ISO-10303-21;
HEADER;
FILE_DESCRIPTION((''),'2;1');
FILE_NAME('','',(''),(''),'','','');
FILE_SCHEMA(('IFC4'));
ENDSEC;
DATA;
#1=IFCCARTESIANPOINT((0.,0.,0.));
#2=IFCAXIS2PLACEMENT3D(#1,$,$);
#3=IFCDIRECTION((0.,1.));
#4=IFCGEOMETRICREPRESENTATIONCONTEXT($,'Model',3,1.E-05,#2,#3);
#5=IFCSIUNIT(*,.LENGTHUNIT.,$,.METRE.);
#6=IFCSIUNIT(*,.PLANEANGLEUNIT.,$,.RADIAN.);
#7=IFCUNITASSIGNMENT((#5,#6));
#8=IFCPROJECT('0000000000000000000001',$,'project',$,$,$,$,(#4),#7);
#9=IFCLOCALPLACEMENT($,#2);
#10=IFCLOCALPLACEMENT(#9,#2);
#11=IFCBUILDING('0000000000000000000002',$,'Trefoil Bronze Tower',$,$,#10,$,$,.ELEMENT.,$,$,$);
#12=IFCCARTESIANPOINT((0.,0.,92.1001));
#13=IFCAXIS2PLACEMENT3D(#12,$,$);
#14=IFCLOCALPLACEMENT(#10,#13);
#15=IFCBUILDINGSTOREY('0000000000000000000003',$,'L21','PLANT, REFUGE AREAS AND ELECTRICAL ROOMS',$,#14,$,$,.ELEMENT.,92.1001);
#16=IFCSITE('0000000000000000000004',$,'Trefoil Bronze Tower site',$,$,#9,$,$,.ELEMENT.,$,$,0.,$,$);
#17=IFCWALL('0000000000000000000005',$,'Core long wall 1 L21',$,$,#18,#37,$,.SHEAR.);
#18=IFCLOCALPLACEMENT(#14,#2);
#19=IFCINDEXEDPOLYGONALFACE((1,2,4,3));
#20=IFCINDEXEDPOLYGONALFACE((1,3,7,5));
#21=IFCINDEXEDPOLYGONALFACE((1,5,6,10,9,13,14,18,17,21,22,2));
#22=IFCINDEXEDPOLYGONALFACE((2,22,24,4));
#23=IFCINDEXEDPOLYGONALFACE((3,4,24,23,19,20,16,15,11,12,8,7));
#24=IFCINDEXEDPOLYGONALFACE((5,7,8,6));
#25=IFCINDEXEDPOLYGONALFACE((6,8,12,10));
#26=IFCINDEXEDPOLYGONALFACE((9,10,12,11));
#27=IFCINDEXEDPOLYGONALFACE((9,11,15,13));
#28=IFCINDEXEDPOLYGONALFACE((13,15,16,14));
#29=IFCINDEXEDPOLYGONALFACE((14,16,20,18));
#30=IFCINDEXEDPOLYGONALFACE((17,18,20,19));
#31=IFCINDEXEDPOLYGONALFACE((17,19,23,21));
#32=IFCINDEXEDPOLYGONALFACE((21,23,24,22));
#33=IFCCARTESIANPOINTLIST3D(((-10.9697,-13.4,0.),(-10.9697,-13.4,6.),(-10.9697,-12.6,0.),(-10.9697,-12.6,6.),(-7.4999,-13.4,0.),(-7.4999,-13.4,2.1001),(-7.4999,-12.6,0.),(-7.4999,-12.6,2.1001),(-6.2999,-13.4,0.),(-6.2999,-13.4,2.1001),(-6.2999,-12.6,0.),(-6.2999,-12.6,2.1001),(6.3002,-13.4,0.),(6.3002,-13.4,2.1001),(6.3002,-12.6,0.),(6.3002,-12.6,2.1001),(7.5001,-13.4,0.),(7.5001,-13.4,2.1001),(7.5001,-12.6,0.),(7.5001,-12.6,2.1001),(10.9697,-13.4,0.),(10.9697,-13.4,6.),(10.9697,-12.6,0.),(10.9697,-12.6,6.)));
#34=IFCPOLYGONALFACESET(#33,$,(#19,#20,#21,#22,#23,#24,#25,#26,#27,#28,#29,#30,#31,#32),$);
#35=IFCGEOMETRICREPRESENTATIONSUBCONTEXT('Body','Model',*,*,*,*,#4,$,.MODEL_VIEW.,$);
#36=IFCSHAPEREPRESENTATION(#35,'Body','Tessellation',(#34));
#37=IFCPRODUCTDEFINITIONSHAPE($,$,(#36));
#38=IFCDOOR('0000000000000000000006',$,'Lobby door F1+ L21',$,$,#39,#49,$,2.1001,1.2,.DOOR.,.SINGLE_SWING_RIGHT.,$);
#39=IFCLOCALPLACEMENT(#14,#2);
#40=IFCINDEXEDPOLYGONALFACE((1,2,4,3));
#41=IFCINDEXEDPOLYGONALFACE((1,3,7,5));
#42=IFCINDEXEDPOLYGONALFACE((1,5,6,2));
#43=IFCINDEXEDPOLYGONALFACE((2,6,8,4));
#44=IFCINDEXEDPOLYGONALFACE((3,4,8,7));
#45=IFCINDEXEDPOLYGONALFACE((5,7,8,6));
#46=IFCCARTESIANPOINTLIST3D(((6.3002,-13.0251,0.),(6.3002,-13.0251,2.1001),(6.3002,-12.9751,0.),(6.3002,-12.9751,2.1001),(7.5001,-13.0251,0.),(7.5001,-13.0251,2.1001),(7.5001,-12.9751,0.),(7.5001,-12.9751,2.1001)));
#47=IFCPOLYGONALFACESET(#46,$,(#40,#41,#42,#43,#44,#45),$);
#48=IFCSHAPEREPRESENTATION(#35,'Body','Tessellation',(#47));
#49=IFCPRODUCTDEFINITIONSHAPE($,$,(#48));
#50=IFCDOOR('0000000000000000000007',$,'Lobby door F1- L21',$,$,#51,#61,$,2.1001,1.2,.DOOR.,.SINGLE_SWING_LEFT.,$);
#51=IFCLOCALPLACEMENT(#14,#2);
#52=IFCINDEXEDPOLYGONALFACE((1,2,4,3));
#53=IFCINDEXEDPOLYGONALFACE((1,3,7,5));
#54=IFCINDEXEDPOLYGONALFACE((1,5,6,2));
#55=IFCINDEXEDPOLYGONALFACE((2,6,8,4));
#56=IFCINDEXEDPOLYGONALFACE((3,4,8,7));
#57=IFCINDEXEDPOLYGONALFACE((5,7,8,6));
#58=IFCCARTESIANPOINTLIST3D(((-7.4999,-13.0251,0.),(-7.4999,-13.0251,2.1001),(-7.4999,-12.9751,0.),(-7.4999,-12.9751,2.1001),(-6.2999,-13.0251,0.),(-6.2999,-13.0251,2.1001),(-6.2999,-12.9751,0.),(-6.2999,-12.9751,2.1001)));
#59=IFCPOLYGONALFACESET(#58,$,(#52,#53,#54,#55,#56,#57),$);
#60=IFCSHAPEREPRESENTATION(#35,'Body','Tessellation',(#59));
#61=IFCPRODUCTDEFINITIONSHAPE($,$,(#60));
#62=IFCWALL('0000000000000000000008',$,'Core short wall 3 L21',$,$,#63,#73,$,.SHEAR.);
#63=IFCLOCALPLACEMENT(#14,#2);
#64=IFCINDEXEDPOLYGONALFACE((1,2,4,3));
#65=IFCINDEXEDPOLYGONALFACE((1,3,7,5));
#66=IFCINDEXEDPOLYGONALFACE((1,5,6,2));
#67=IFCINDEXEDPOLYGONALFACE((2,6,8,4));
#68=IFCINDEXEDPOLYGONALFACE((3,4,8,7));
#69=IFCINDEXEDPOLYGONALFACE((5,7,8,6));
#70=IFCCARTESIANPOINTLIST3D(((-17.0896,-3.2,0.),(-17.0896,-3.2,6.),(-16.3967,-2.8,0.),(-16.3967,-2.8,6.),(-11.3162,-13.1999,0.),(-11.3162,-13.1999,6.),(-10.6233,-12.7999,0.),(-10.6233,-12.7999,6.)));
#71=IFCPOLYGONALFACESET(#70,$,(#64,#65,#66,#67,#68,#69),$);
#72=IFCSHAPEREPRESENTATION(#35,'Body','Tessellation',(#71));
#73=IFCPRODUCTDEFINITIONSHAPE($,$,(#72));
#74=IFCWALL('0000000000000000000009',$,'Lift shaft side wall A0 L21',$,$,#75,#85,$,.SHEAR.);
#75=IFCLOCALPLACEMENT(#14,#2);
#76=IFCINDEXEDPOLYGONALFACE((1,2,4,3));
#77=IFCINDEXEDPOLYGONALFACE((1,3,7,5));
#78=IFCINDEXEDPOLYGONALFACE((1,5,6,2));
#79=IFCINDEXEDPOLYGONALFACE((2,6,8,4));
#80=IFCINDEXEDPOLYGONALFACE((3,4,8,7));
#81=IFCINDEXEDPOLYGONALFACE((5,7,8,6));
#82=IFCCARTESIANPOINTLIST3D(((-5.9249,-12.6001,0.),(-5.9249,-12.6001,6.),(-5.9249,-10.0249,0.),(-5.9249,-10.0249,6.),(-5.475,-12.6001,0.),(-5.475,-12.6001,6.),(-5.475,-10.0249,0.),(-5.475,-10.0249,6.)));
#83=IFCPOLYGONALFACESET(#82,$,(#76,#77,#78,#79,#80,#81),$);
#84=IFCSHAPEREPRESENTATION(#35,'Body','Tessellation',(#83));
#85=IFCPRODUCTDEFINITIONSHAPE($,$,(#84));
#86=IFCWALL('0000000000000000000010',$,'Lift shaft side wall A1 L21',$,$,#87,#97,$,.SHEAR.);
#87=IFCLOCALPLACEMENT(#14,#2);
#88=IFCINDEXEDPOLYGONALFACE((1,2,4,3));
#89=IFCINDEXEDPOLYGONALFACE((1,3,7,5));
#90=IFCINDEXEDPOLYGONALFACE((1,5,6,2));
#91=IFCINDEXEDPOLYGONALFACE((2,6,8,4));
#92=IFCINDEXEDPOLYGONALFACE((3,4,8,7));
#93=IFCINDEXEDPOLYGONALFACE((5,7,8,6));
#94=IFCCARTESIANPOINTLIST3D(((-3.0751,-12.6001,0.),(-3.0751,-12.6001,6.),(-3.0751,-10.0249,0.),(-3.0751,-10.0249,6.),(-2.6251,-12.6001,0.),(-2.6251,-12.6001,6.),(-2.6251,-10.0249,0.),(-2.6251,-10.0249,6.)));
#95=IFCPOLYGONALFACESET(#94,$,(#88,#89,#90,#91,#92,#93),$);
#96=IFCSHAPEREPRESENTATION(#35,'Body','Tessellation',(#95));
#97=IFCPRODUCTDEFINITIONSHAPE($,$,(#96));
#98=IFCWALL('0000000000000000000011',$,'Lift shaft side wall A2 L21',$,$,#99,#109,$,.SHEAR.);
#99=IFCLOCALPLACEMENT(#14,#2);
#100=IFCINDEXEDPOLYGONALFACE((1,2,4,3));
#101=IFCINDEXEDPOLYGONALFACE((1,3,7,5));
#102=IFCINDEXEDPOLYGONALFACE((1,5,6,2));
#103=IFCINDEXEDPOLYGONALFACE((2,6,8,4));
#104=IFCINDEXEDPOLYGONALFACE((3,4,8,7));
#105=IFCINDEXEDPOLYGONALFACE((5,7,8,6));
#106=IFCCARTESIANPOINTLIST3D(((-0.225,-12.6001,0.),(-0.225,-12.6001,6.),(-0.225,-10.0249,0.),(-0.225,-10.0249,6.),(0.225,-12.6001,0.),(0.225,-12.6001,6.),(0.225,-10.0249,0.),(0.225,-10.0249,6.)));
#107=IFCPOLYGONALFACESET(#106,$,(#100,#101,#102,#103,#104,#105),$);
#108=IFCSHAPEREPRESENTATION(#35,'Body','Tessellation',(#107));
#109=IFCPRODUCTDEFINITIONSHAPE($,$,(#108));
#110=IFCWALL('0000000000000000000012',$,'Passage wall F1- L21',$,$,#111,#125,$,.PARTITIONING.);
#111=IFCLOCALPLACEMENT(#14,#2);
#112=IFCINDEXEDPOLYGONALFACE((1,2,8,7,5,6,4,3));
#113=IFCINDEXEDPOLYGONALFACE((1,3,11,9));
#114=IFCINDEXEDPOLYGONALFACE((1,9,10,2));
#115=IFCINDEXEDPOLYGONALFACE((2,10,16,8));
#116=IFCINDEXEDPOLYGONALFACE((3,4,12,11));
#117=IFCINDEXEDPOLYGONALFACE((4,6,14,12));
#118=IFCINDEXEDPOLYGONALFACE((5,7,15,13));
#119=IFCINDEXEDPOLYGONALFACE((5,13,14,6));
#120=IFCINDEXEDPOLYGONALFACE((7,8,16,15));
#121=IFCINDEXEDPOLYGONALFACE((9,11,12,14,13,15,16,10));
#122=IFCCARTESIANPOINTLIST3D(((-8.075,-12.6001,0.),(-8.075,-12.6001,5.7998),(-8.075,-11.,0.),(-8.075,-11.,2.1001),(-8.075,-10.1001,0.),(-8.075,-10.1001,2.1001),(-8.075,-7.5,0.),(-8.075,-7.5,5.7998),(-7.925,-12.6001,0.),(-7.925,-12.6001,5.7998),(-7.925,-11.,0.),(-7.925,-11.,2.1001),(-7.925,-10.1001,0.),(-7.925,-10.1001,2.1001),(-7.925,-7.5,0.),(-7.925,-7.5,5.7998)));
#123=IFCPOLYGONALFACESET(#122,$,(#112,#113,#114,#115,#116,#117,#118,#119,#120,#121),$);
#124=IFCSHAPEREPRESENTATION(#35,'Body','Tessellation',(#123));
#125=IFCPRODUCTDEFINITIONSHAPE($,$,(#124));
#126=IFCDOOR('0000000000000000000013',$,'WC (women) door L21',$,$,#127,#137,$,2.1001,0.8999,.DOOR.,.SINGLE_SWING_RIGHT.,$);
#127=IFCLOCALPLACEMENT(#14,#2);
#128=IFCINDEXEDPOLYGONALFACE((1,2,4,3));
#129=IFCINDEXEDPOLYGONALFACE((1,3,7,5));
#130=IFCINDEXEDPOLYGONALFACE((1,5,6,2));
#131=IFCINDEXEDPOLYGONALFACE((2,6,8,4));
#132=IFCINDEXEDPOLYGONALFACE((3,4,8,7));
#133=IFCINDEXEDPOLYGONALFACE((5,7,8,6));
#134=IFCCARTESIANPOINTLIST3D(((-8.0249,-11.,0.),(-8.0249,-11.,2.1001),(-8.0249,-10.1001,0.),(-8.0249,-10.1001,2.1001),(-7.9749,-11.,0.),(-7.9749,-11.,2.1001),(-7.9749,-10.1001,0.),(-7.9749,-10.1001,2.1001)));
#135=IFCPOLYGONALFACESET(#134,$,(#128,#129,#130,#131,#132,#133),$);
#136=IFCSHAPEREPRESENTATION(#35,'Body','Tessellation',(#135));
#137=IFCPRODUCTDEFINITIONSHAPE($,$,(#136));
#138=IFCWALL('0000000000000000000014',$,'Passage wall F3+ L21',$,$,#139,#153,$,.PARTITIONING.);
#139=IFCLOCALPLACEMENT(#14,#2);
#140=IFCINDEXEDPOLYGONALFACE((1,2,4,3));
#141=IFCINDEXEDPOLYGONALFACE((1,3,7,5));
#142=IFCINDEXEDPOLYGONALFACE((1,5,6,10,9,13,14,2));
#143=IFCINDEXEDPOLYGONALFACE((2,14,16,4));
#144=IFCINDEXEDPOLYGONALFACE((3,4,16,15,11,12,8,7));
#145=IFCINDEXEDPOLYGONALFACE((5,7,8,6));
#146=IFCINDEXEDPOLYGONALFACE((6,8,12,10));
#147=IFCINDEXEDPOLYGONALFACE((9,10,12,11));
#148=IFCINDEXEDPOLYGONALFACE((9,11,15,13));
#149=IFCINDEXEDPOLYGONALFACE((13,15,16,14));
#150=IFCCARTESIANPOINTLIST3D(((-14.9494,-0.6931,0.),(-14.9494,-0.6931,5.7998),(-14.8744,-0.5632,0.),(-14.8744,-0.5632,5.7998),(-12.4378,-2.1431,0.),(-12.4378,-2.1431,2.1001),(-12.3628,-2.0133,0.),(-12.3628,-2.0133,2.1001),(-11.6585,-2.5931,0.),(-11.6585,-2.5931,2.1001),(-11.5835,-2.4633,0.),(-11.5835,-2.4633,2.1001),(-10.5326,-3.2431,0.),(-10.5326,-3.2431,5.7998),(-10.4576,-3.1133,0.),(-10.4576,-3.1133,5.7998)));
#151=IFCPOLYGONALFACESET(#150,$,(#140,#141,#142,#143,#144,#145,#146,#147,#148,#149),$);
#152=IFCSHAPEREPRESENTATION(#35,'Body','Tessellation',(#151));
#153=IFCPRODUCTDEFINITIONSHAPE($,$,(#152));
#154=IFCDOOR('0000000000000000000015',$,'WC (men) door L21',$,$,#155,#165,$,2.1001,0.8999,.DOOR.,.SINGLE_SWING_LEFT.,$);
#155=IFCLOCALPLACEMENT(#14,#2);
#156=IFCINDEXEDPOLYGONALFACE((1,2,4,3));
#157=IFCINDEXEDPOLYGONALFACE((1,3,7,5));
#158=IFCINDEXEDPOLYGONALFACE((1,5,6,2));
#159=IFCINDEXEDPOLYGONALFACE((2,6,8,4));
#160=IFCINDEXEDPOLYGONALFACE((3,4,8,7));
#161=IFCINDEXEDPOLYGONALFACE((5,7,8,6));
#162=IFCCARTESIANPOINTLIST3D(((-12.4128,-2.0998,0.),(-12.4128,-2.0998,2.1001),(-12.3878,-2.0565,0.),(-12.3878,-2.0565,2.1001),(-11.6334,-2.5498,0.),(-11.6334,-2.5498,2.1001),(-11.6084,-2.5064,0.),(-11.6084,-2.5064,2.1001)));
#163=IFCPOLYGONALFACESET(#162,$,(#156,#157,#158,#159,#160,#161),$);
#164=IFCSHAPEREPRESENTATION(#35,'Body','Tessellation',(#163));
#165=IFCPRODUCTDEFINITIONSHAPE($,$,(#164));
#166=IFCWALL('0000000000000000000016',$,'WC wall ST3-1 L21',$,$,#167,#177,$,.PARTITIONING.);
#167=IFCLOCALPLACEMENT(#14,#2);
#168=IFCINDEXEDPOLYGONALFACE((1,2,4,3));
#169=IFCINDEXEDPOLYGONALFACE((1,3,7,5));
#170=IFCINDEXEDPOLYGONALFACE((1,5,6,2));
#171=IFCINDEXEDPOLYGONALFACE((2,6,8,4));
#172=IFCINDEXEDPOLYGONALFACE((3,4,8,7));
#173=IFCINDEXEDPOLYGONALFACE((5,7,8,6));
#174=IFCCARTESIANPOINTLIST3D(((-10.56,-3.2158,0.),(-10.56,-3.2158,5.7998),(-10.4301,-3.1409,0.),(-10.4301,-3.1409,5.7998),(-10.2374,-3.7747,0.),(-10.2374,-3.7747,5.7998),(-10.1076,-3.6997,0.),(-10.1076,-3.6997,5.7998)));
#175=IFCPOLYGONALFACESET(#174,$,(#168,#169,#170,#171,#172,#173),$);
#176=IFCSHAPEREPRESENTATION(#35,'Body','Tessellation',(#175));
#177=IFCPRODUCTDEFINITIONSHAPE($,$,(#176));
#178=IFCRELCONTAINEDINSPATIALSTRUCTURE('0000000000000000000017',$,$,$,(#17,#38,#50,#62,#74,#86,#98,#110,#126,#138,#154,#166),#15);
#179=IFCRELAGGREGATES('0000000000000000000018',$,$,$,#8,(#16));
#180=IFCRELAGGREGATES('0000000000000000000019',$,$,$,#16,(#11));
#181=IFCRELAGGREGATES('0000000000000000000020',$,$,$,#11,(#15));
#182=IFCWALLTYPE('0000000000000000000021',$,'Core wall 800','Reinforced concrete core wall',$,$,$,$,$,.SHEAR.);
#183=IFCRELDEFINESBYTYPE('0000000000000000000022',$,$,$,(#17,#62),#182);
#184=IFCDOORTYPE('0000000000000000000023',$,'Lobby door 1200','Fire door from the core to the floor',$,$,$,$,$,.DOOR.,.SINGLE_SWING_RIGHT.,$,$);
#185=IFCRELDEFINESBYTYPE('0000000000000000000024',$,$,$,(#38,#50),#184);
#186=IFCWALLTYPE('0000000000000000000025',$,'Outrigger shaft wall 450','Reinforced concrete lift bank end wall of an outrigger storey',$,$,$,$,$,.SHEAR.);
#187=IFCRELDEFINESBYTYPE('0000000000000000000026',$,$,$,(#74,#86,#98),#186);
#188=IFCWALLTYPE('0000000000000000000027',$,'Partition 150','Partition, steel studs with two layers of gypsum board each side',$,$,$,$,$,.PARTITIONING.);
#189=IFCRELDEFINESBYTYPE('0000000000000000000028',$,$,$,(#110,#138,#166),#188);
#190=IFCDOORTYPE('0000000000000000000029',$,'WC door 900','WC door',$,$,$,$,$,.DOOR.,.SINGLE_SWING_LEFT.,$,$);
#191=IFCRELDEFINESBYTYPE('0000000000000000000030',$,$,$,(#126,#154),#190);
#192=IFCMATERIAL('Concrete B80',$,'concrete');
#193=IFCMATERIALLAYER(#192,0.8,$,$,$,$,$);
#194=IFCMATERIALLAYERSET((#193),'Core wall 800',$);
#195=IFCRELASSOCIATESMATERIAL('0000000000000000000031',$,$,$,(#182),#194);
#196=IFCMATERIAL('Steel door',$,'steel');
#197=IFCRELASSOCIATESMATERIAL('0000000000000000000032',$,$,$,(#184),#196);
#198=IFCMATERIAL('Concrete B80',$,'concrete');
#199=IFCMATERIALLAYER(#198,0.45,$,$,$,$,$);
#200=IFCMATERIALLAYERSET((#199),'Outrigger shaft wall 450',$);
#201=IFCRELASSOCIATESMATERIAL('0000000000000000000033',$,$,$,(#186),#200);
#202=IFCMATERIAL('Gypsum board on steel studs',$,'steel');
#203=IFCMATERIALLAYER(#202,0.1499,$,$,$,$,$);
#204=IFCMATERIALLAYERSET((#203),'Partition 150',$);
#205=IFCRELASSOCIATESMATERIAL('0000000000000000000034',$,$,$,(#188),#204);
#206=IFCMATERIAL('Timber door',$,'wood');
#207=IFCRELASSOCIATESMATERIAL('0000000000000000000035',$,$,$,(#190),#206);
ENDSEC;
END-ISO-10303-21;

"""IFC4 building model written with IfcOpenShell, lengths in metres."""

from ifc_helpers import new_model, si_unit, direction, frame, frame_2d, origin, place, context, subcontext, project, spatial, rectangle, extrude, material, layer, layer_set, type_object, element, fill, save


model = new_model("IFC4")

# Units and contexts
model_context = context("Model", 3, precision=1e-05, world=origin(), true_north=direction((0.0, 1.0)))
body_context = subcontext(model_context, "Body", "Model", "MODEL_VIEW")
ifc_project = project(units=[si_unit("LENGTHUNIT", "METRE"), si_unit("PLANEANGLEUNIT", "RADIAN")], contexts=[model_context])

# Site, building, storey
site_placement = place(None, origin())
site = spatial("IfcSite", under=ifc_project, at=site_placement, Name="Trefoil Bronze Tower site", CompositionType="ELEMENT", RefElevation=0.0)
building_placement = place(site_placement, origin())
building = spatial("IfcBuilding", under=site, at=building_placement, Name="Trefoil Bronze Tower", CompositionType="ELEMENT")
storey_placement = place(building_placement, frame((0.0, 0.0, 92.1001)))
storey = spatial("IfcBuildingStorey", under=building, at=storey_placement, Name="L21", Description="PLANT, REFUGE AREAS AND ELECTRICAL ROOMS", CompositionType="ELEMENT", Elevation=92.1001)

# Wall, openings, doors
ifc_material_1 = material(Name="Concrete B80", Category="concrete")
ifc_layer_1 = layer(ifc_material_1, 0.8)
ifc_layer_set_1 = layer_set([ifc_layer_1], Name="Core wall 800")
wall_type_1 = type_object("IfcWallType", Name="Core wall 800", Description="Reinforced concrete core wall", PredefinedType="SHEAR", material=ifc_layer_set_1)
wall_1_placement = place(storey_placement, frame((-10.9697, -13.0, 0.0), z_axis=(0.0, 0.0, 1.0), x_axis=(1.0, 0.0, 0.0)))
wall_1 = element("IfcWall", 1, at=wall_1_placement, inside=storey, type_object=wall_type_1, Name="Core long wall 1 L21", PredefinedType="SHEAR", context=body_context, shape_type="SweptSolid", body=[
    extrude(rectangle(XDim=21.9395, YDim=0.8, at=frame_2d((10.9697, 0.0))), origin(), (0.0, 0.0, 1.0), 6.0),
])
opening_1_placement = place(wall_1_placement, frame((17.2698, 0.0, 0.0)))
opening_1 = element("IfcOpeningElement", 2, at=opening_1_placement, cuts=wall_1, PredefinedType="OPENING", context=body_context, shape_type="SweptSolid", body=[
    extrude(rectangle(XDim=1.2, YDim=2.1001, at=frame_2d((0.6001, 1.05))), frame((0.0, 0.4099, 0.0), z_axis=(0.0, -1.0, 0.0), x_axis=(1.0, 0.0, 0.0)), (0.0, 0.0, 1.0), 0.8201),
])
opening_2_placement = place(wall_1_placement, frame((3.4697, 0.0, 0.0)))
opening_2 = element("IfcOpeningElement", 3, at=opening_2_placement, cuts=wall_1, PredefinedType="OPENING", context=body_context, shape_type="SweptSolid", body=[
    extrude(rectangle(XDim=1.2, YDim=2.1001, at=frame_2d((0.6001, 1.05))), frame((0.0, 0.4099, 0.0), z_axis=(0.0, -1.0, 0.0), x_axis=(1.0, 0.0, 0.0)), (0.0, 0.0, 1.0), 0.8201),
])
ifc_material_2 = material(Name="Steel door", Category="steel")
door_type_1 = type_object("IfcDoorType", Name="Lobby door 1200", Description="Fire door from the core to the floor", OperationType="SINGLE_SWING_RIGHT", PredefinedType="DOOR", material=ifc_material_2)
door_1_placement = place(opening_1_placement, origin())
door_1 = element("IfcDoor", 4, at=door_1_placement, inside=storey, type_object=door_type_1, Name="Lobby door F1+ L21", OperationType="SINGLE_SWING_RIGHT", OverallHeight=2.1001, OverallWidth=1.2, PredefinedType="DOOR", context=body_context, shape_type="SweptSolid", body=[
    extrude(rectangle(XDim=1.2, YDim=2.1001, at=frame_2d((0.6001, 1.05))), frame((0.0, 0.0249, 0.0), z_axis=(0.0, -1.0, 0.0), x_axis=(1.0, 0.0, 0.0)), (0.0, 0.0, 1.0), 0.05),
])
fill(opening_1, door_1)
door_2_placement = place(opening_2_placement, origin())
door_2 = element("IfcDoor", 5, at=door_2_placement, inside=storey, type_object=door_type_1, Name="Lobby door F1- L21", OperationType="SINGLE_SWING_LEFT", OverallHeight=2.1001, OverallWidth=1.2, PredefinedType="DOOR", context=body_context, shape_type="SweptSolid", body=[
    extrude(rectangle(XDim=1.2, YDim=2.1001, at=frame_2d((0.6001, 1.05))), frame((0.0, 0.0249, 0.0), z_axis=(0.0, -1.0, 0.0), x_axis=(1.0, 0.0, 0.0)), (0.0, 0.0, 1.0), 0.05),
])
fill(opening_2, door_2)

# Walls
wall_2_placement = place(storey_placement, frame((-16.7432, -3.0, 0.0), z_axis=(0.0, 0.0, 1.0), x_axis=(0.499996, -0.866028, 0.0)))
element("IfcWall", 6, at=wall_2_placement, inside=storey, type_object=wall_type_1, Name="Core short wall 3 L21", PredefinedType="SHEAR", context=body_context, shape_type="SweptSolid", body=[
    extrude(rectangle(XDim=11.5469, YDim=0.8, at=frame_2d((5.7734, 0.0))), origin(), (0.0, 0.0, 1.0), 6.0),
])
ifc_material_3 = material(Name="Concrete B80", Category="concrete")
ifc_layer_2 = layer(ifc_material_3, 0.45)
ifc_layer_set_2 = layer_set([ifc_layer_2], Name="Outrigger shaft wall 450")
wall_type_2 = type_object("IfcWallType", Name="Outrigger shaft wall 450", Description="Reinforced concrete lift bank end wall of an outrigger storey", PredefinedType="SHEAR", material=ifc_layer_set_2)
for number, where, z_axis, x_axis, name in (
    (7, (-5.7, -10.0249, 0.0), (0.0, 0.0, 1.0), (0.0, -1.0, 0.0), "Lift shaft side wall A0 L21"),
    (8, (-2.8501, -10.0249, 0.0), (0.0, 0.0, 1.0), (0.0, -1.0, 0.0), "Lift shaft side wall A1 L21"),
    (9, (0.0, -10.0249, 0.0), (0.0, 0.0, 1.0), (0.0, -1.0, 0.0), "Lift shaft side wall A2 L21"),
):
    element("IfcWall", number, at=place(storey_placement, frame(where, z_axis=z_axis, x_axis=x_axis)), inside=storey, type_object=wall_type_2, Name=name, PredefinedType="SHEAR", context=body_context, shape_type="SweptSolid", body=[
        extrude(rectangle(XDim=2.5752, YDim=0.45, at=frame_2d((1.2876, 0.0))), origin(), (0.0, 0.0, 1.0), 6.0),
    ])

# Walls, openings, doors
ifc_material_4 = material(Name="Gypsum board on steel studs", Category="steel")
ifc_layer_3 = layer(ifc_material_4, 0.1499)
ifc_layer_set_3 = layer_set([ifc_layer_3], Name="Partition 150")
wall_type_3 = type_object("IfcWallType", Name="Partition 150", Description="Partition, steel studs with two layers of gypsum board each side", PredefinedType="PARTITIONING", material=ifc_layer_set_3)
wall_3_placement = place(storey_placement, frame((-8.0, -7.5, 0.0), z_axis=(0.0, 0.0, 1.0), x_axis=(0.0, -1.0, 0.0)))
wall_3 = element("IfcWall", 10, at=wall_3_placement, inside=storey, type_object=wall_type_3, Name="Passage wall F1- L21", PredefinedType="PARTITIONING", context=body_context, shape_type="SweptSolid", body=[
    extrude(rectangle(XDim=5.1001, YDim=0.1499, at=frame_2d((2.55, 0.0))), origin(), (0.0, 0.0, 1.0), 5.7998),
])
opening_3_placement = place(wall_3_placement, frame((2.6001, 0.0, 0.0)))
opening_3 = element("IfcOpeningElement", 11, at=opening_3_placement, cuts=wall_3, PredefinedType="OPENING", context=body_context, shape_type="SweptSolid", body=[
    extrude(rectangle(XDim=0.8999, YDim=2.1001, at=frame_2d((0.45, 1.05))), frame((0.0, 0.085, 0.0), z_axis=(0.0, -1.0, 0.0), x_axis=(1.0, 0.0, 0.0)), (0.0, 0.0, 1.0), 0.1699),
])
ifc_material_5 = material(Name="Timber door", Category="wood")
door_type_2 = type_object("IfcDoorType", Name="WC door 900", Description="WC door", OperationType="SINGLE_SWING_LEFT", PredefinedType="DOOR", material=ifc_material_5)
door_3_placement = place(opening_3_placement, frame((0.8999, 0.0, 0.0), z_axis=(0.0, 0.0, 1.0), x_axis=(-1.0, 0.0, 0.0)))
door_3 = element("IfcDoor", 12, at=door_3_placement, inside=storey, type_object=door_type_2, Name="WC (women) door L21", OperationType="SINGLE_SWING_RIGHT", OverallHeight=2.1001, OverallWidth=0.8999, PredefinedType="DOOR", context=body_context, shape_type="SweptSolid", body=[
    extrude(rectangle(XDim=0.8999, YDim=2.1001, at=frame_2d((0.45, 1.05))), frame((0.0, 0.0249, 0.0), z_axis=(0.0, -1.0, 0.0), x_axis=(1.0, 0.0, 0.0)), (0.0, 0.0, 1.0), 0.05),
])
fill(opening_3, door_3)
wall_4_placement = place(storey_placement, frame((-10.4951, -3.1782, 0.0), z_axis=(0.0, 0.0, 1.0), x_axis=(-0.866022, 0.500006, 0.0)))
wall_4 = element("IfcWall", 13, at=wall_4_placement, inside=storey, type_object=wall_type_3, Name="Passage wall F3+ L21", PredefinedType="PARTITIONING", context=body_context, shape_type="SweptSolid", body=[
    extrude(rectangle(XDim=5.1001, YDim=0.1499, at=frame_2d((2.55, 0.0))), origin(), (0.0, 0.0, 1.0), 5.7998),
])
opening_4_placement = place(wall_4_placement, frame((1.3, 0.0, 0.0)))
opening_4 = element("IfcOpeningElement", 14, at=opening_4_placement, cuts=wall_4, PredefinedType="OPENING", context=body_context, shape_type="SweptSolid", body=[
    extrude(rectangle(XDim=0.8999, YDim=2.1001, at=frame_2d((0.45, 1.05))), frame((0.0, 0.085, 0.0), z_axis=(0.0, -1.0, 0.0), x_axis=(1.0, 0.0, 0.0)), (0.0, 0.0, 1.0), 0.1699),
])
door_4_placement = place(opening_4_placement, origin())
door_4 = element("IfcDoor", 15, at=door_4_placement, inside=storey, type_object=door_type_2, Name="WC (men) door L21", OperationType="SINGLE_SWING_LEFT", OverallHeight=2.1001, OverallWidth=0.8999, PredefinedType="DOOR", context=body_context, shape_type="SweptSolid", body=[
    extrude(rectangle(XDim=0.8999, YDim=2.1001, at=frame_2d((0.45, 1.05))), frame((0.0, 0.0249, 0.0), z_axis=(0.0, -1.0, 0.0), x_axis=(1.0, 0.0, 0.0)), (0.0, 0.0, 1.0), 0.05),
])
fill(opening_4, door_4)

# Wall
for number, where, z_axis, x_axis, name in (
    (16, (-10.4951, -3.1782, 0.0), (0.0, 0.0, 1.0), (0.499843, -0.866116, 0.0), "WC wall ST3-1 L21"),
):
    element("IfcWall", number, at=place(storey_placement, frame(where, z_axis=z_axis, x_axis=x_axis)), inside=storey, type_object=wall_type_3, Name=name, PredefinedType="PARTITIONING", context=body_context, shape_type="SweptSolid", body=[
        extrude(rectangle(XDim=0.6453, YDim=0.1499, at=frame_2d((0.3228, 0.0))), origin(), (0.0, 0.0, 1.0), 5.7998),
    ])

save(model, "model.ifc")
